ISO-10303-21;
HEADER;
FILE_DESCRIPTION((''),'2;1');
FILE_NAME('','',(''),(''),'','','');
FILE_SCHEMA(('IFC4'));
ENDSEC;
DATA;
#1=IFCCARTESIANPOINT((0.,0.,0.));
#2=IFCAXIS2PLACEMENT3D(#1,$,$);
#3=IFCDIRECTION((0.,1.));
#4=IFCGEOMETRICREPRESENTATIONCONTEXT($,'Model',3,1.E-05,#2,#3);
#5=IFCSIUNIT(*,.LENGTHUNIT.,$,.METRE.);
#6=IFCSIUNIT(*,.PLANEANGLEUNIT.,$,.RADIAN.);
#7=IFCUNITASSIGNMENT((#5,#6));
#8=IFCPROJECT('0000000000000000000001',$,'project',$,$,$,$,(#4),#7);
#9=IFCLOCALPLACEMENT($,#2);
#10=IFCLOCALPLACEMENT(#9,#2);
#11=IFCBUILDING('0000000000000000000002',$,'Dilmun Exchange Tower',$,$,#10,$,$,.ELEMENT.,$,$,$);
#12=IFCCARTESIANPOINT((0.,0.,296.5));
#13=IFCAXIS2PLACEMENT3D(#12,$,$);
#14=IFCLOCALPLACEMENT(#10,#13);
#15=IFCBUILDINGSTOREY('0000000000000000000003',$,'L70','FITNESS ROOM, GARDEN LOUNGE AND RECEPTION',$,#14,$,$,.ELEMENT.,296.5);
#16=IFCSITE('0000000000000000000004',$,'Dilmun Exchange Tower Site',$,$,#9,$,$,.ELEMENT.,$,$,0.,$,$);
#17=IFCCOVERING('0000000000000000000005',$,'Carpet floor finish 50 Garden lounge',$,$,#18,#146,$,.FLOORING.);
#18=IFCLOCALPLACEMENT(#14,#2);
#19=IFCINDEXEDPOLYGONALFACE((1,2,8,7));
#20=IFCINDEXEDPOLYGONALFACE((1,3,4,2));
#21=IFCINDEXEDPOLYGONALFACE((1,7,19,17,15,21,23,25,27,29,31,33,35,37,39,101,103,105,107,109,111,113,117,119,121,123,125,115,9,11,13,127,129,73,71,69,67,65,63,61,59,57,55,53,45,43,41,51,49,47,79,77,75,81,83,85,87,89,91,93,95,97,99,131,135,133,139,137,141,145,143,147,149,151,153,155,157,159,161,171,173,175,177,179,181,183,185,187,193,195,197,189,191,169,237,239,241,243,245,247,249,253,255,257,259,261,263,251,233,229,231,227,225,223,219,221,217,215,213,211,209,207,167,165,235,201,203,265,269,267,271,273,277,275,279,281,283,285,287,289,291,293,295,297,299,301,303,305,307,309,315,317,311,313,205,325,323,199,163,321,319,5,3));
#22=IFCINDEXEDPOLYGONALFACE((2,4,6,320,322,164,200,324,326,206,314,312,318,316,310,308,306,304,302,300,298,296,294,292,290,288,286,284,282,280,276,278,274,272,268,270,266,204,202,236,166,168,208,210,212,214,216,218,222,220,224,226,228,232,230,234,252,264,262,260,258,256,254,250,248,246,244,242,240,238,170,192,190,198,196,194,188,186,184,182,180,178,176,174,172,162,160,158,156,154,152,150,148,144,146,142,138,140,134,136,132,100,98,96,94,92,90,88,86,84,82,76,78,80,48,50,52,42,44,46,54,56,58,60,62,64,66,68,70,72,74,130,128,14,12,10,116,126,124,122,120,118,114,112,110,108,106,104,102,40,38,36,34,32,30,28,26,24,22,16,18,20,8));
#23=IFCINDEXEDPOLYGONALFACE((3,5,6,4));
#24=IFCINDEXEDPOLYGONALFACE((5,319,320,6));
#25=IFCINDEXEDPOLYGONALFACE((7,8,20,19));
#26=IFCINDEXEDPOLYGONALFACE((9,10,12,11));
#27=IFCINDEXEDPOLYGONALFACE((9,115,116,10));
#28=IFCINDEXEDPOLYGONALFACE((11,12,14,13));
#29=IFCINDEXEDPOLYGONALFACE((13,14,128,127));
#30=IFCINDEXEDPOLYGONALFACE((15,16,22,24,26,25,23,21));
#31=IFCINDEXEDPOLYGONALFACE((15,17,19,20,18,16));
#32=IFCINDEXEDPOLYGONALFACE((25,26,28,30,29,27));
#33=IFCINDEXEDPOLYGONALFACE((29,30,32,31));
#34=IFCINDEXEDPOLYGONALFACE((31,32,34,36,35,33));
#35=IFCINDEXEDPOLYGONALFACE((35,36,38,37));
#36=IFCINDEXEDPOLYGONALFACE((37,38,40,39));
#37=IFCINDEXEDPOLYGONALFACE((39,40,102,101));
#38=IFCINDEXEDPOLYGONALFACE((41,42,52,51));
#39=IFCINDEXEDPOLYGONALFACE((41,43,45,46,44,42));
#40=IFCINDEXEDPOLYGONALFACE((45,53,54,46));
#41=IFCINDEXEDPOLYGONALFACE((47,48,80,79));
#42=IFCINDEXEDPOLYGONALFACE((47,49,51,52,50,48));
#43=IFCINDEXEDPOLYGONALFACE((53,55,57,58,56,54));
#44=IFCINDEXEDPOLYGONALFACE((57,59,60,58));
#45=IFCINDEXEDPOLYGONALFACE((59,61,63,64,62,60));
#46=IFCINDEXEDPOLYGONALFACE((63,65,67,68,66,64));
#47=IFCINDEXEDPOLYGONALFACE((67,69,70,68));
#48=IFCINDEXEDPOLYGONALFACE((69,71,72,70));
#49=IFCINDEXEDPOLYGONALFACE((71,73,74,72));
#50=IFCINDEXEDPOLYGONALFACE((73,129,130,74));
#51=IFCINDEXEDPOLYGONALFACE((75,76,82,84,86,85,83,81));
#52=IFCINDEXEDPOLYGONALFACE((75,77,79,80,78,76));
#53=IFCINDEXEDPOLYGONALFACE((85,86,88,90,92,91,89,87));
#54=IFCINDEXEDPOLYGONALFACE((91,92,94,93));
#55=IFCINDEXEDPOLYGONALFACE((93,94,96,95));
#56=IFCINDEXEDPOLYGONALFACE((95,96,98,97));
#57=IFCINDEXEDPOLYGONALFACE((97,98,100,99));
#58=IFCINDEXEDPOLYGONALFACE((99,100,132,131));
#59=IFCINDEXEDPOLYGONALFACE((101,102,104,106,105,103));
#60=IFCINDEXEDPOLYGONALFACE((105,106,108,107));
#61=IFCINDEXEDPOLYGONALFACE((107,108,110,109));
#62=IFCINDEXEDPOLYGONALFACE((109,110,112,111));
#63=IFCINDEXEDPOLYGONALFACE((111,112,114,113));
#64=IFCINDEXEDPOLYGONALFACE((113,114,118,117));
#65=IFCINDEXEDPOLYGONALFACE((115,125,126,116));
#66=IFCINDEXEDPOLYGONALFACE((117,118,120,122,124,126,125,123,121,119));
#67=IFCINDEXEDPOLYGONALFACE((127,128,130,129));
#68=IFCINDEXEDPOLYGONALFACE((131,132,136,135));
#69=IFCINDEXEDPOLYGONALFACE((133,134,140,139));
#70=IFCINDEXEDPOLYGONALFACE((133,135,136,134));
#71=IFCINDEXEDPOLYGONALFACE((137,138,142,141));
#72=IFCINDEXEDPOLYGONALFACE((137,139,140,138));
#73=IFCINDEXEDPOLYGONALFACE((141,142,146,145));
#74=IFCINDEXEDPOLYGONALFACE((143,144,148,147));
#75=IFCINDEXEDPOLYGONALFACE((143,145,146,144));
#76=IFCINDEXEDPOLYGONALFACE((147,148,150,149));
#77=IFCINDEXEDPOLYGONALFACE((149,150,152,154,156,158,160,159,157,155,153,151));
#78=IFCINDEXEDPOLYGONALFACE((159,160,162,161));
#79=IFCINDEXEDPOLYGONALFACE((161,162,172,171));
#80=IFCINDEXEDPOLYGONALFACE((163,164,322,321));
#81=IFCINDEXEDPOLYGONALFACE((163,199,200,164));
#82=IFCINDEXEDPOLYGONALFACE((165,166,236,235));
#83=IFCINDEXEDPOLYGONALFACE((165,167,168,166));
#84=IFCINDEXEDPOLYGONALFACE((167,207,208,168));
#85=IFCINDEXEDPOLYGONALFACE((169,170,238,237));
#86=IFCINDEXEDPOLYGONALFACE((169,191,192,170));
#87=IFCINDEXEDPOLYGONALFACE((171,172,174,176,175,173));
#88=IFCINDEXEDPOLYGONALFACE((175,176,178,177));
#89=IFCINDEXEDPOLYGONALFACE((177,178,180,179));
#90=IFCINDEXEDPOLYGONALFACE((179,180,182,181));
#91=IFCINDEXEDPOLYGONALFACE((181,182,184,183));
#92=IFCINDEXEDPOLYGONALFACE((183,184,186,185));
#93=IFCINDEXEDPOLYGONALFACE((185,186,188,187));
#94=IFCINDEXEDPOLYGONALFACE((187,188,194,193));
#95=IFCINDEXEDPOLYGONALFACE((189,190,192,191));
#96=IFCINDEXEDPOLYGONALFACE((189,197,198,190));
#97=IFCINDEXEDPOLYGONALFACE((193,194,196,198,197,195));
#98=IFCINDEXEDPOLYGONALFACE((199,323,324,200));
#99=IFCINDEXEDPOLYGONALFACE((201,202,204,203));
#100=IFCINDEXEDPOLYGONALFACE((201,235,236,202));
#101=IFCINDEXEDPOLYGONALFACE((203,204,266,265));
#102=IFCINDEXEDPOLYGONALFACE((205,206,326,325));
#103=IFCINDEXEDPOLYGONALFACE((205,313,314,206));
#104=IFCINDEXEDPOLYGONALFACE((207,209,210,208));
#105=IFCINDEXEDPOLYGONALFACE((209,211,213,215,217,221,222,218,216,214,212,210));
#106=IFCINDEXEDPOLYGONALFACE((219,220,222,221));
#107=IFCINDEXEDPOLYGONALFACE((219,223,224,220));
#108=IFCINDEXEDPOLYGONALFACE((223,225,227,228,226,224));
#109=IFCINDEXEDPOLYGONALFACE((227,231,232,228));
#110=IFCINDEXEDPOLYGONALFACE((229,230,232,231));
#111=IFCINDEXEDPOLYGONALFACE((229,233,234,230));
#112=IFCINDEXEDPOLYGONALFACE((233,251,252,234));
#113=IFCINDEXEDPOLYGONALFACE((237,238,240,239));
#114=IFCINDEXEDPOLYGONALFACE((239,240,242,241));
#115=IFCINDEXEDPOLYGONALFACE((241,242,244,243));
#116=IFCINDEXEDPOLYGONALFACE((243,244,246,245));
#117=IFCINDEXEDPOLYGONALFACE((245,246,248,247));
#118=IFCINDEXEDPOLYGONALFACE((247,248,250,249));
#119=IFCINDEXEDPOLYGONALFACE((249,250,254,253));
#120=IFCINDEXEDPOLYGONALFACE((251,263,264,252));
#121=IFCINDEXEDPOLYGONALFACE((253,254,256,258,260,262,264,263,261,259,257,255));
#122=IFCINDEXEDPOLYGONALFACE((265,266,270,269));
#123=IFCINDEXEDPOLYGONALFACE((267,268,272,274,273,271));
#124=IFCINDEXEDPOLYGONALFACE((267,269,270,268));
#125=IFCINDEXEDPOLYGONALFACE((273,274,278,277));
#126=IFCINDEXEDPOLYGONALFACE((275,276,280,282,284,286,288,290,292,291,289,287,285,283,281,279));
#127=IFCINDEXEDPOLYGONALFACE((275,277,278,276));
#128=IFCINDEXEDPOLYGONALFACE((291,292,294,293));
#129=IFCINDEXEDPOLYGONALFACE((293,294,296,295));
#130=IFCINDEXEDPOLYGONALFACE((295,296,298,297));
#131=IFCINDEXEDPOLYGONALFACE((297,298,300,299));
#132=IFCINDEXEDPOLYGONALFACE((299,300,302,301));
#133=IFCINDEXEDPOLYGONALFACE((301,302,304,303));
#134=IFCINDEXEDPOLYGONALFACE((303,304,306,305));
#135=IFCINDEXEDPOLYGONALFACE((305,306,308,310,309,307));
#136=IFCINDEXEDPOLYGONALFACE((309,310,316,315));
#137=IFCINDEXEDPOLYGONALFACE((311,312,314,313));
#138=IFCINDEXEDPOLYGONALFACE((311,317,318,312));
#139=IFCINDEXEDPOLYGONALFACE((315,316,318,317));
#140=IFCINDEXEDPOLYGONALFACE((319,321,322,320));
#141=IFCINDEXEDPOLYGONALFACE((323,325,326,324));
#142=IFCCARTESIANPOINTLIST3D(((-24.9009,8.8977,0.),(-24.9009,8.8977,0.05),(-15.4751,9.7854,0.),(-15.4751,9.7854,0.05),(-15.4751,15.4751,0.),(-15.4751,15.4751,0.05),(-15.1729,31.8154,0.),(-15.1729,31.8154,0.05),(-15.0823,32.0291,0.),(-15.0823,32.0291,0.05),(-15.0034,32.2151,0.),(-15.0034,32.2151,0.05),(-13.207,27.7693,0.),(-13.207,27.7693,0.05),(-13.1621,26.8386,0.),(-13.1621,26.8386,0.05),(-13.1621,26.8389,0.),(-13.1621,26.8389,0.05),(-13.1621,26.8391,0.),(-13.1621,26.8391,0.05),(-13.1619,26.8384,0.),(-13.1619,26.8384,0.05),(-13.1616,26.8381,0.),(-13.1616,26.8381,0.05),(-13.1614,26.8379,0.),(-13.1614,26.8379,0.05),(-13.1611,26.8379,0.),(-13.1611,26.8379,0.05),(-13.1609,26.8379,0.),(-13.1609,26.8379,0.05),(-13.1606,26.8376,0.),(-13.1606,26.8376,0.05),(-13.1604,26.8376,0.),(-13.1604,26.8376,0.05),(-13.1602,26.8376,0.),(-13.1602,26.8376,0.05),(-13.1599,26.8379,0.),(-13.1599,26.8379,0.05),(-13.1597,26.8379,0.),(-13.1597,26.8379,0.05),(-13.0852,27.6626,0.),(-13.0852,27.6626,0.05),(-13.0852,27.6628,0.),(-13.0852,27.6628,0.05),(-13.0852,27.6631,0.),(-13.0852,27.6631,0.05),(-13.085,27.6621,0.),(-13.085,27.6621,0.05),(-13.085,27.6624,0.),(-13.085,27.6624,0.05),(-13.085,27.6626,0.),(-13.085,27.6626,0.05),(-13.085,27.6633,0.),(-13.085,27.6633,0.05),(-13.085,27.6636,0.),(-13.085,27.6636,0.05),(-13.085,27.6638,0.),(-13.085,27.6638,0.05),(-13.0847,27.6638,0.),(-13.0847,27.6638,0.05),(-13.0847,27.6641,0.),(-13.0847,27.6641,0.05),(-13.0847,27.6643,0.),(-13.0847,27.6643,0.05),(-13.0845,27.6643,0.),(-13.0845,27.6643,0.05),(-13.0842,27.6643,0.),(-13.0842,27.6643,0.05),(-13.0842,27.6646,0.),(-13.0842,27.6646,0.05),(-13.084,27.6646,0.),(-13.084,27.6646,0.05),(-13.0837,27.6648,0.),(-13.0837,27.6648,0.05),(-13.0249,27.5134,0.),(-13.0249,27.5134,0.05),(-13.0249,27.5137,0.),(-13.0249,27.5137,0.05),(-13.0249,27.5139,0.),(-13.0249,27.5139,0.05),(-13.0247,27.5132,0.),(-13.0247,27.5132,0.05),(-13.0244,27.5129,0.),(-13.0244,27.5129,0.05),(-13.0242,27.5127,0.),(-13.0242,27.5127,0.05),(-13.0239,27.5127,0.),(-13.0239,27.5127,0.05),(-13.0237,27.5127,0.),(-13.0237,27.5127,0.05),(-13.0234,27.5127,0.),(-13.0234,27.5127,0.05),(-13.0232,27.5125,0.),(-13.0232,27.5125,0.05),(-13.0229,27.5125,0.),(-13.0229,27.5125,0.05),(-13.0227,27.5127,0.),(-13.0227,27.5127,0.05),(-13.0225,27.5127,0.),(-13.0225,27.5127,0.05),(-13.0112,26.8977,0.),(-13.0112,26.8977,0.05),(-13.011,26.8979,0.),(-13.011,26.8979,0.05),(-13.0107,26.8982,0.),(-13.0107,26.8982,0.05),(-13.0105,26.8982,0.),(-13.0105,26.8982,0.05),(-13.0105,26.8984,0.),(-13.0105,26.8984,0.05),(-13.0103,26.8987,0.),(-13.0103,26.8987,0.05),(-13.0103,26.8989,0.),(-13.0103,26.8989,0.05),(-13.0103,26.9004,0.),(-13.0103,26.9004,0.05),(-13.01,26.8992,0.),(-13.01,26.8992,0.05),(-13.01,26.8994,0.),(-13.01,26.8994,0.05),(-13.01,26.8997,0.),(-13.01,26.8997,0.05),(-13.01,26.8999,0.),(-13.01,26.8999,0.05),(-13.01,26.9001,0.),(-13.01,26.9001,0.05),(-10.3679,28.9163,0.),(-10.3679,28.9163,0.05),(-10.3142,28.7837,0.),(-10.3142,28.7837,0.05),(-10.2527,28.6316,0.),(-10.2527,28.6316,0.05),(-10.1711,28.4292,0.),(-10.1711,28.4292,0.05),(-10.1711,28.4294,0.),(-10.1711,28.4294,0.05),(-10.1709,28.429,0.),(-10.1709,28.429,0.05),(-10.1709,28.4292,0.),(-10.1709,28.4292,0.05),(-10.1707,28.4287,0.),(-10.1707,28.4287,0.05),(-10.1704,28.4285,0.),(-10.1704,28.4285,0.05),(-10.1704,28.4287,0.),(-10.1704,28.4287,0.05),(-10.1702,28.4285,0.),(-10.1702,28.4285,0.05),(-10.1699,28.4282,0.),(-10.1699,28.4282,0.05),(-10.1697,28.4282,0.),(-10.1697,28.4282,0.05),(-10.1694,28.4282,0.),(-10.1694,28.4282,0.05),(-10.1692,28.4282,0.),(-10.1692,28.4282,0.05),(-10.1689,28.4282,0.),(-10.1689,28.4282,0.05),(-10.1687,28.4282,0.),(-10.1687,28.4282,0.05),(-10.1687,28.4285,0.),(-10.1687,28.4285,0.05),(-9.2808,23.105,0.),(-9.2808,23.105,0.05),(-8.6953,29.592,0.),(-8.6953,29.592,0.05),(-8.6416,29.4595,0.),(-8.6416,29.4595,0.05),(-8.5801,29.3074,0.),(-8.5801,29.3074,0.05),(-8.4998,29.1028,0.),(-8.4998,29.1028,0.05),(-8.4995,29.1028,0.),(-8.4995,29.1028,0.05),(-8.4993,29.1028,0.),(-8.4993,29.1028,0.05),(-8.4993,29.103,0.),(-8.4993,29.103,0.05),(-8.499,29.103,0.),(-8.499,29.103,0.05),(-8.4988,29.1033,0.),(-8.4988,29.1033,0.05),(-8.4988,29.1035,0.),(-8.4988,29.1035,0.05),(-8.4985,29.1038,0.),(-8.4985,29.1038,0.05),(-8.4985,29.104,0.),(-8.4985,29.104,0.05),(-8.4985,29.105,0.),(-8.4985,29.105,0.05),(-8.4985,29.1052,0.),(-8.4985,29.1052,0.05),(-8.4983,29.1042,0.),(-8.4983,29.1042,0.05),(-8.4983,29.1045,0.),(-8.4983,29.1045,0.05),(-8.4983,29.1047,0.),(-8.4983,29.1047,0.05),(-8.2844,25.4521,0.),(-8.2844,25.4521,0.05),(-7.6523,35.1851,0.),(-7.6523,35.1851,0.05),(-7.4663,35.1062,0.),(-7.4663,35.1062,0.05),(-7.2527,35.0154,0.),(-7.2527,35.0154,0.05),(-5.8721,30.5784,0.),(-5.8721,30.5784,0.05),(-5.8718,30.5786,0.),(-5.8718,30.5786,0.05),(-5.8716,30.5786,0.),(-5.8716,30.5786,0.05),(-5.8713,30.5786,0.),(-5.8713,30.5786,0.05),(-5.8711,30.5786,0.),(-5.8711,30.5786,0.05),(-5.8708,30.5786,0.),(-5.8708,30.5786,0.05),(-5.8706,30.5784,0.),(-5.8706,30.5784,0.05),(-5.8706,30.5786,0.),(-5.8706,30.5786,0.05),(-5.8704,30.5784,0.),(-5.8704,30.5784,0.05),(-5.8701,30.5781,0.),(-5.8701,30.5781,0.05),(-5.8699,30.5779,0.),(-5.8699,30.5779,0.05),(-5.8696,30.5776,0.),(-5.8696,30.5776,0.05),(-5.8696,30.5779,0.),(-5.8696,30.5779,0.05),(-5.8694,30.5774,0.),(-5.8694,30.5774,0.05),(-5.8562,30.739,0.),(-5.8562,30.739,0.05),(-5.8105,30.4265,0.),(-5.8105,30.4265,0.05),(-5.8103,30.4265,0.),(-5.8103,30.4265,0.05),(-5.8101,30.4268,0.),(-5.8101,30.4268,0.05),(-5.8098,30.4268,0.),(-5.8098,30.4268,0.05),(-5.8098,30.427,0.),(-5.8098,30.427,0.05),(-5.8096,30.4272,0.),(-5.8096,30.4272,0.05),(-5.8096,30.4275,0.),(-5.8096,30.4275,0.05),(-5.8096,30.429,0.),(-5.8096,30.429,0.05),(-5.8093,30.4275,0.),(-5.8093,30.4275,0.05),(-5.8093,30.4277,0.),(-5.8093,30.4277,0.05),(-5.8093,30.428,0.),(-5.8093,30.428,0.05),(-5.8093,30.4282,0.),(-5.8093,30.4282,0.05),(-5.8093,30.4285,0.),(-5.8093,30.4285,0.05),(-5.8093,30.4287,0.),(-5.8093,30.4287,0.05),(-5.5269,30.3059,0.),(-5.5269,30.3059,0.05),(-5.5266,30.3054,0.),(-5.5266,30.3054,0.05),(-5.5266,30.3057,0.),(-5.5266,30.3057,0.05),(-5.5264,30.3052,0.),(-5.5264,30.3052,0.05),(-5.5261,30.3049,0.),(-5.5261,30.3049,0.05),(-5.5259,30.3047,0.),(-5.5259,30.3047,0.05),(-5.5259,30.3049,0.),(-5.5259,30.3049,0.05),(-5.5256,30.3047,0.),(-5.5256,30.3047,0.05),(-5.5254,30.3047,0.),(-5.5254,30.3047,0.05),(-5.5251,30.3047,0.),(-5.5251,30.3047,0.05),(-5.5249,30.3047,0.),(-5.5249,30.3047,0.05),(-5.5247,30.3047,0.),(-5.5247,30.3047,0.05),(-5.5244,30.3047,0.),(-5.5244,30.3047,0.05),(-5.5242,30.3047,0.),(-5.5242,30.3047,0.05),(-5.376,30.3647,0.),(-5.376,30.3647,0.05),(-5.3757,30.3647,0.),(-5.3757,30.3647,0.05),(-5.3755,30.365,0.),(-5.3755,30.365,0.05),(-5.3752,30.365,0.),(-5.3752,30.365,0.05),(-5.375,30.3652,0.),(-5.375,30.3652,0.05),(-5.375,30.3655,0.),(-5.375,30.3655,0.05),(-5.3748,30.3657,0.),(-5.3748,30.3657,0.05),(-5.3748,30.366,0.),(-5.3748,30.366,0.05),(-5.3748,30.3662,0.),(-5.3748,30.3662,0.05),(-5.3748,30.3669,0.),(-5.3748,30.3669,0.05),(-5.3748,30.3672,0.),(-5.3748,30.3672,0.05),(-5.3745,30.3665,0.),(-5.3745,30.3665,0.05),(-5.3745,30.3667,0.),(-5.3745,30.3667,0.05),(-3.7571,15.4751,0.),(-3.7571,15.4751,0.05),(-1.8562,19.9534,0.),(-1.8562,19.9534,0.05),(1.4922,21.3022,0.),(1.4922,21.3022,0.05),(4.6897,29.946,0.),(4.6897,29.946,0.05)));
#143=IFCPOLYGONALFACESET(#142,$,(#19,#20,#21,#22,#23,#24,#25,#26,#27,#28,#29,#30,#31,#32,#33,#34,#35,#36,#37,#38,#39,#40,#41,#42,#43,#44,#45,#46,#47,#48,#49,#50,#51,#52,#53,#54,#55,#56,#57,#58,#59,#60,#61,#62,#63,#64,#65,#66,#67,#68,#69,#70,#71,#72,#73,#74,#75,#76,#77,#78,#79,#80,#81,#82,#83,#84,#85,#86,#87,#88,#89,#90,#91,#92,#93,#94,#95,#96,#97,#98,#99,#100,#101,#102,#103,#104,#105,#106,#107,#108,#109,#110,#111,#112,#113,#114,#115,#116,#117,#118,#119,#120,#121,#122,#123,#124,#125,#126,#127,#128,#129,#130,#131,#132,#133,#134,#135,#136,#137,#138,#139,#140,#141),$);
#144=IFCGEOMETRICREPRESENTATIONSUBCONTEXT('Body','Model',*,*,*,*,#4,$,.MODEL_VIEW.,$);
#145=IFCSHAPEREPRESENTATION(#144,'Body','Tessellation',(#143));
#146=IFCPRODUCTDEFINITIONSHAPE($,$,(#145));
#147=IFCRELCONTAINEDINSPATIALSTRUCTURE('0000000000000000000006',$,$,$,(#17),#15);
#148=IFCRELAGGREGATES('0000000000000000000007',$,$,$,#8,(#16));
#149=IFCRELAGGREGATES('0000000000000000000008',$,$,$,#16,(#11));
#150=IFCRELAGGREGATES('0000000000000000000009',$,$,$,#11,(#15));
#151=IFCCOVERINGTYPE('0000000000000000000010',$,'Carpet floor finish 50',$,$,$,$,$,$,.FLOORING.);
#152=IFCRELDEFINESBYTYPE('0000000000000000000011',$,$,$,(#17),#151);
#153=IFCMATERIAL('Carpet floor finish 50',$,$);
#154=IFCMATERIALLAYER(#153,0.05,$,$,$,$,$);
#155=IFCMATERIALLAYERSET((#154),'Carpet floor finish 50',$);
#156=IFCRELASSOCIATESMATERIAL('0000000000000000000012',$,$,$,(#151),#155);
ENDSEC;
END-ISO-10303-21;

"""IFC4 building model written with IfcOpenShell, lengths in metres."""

from ifc_helpers import new_model, si_unit, direction, frame, origin, place, context, subcontext, project, spatial, polyline, outline, extrude, material, layer, layer_set, type_object, element, save


model = new_model("IFC4")

# Units and contexts
model_context = context("Model", 3, precision=1e-05, world=origin(), true_north=direction((0.0, 1.0)))
body_context = subcontext(model_context, "Body", "Model", "MODEL_VIEW")
ifc_project = project(units=[si_unit("LENGTHUNIT", "METRE"), si_unit("PLANEANGLEUNIT", "RADIAN")], contexts=[model_context])

# Site, building, storey
site_placement = place(None, origin())
site = spatial("IfcSite", under=ifc_project, at=site_placement, Name="Dilmun Exchange Tower Site", CompositionType="ELEMENT", RefElevation=0.0)
building_placement = place(site_placement, origin())
building = spatial("IfcBuilding", under=site, at=building_placement, Name="Dilmun Exchange Tower", CompositionType="ELEMENT")
storey_placement = place(building_placement, frame((0.0, 0.0, 296.5)))
storey = spatial("IfcBuildingStorey", under=building, at=storey_placement, Name="L70", Description="FITNESS ROOM, GARDEN LOUNGE AND RECEPTION", CompositionType="ELEMENT", Elevation=296.5)

# Covering
ifc_material_1 = material(Name="Carpet floor finish 50")
ifc_layer_1 = layer(ifc_material_1, 0.05)
ifc_layer_set_1 = layer_set([ifc_layer_1], Name="Carpet floor finish 50")
covering_type_1 = type_object("IfcCoveringType", Name="Carpet floor finish 50", PredefinedType="FLOORING", material=ifc_layer_set_1)
covering_1_placement = place(storey_placement, origin())
element("IfcCovering", 1, at=covering_1_placement, inside=storey, type_object=covering_type_1, Name="Carpet floor finish 50 Garden lounge", PredefinedType="FLOORING", context=body_context, shape_type="SweptSolid", body=[
    extrude(outline(polyline([(-10.3679, 28.9163), (-10.3142, 28.7837), (-13.0837, 27.6648), (-13.084, 27.6646), (-13.0842, 27.6646), (-13.0842, 27.6643), (-13.0845, 27.6643), (-13.0847, 27.6643), (-13.0847, 27.6641), (-13.0847, 27.6638), (-13.085, 27.6638), (-13.085, 27.6636), (-13.085, 27.6633), (-13.0852, 27.6631), (-13.0852, 27.6628), (-13.0852, 27.6626), (-13.085, 27.6626), (-13.085, 27.6624), (-13.085, 27.6621), (-13.0249, 27.5139), (-13.0249, 27.5137), (-13.0249, 27.5134), (-13.0247, 27.5132), (-13.0247, 27.5132), (-13.0244, 27.5129), (-13.0244, 27.5129), (-13.0242, 27.5127), (-13.0239, 27.5127), (-13.0237, 27.5127), (-13.0234, 27.5127), (-13.0232, 27.5125), (-13.0232, 27.5125), (-13.0229, 27.5125), (-13.0227, 27.5127), (-13.0227, 27.5127), (-13.0225, 27.5127), (-10.2527, 28.6316), (-10.1711, 28.4294), (-10.1711, 28.4292), (-10.1709, 28.4292), (-10.1709, 28.429), (-10.1707, 28.4287), (-10.1707, 28.4287), (-10.1704, 28.4287), (-10.1704, 28.4285), (-10.1702, 28.4285), (-10.1699, 28.4282), (-10.1697, 28.4282), (-10.1694, 28.4282), (-10.1692, 28.4282), (-10.1692, 28.4282), (-10.1689, 28.4282), (-10.1687, 28.4282), (-10.1687, 28.4285), (-8.4998, 29.1028), (-8.4995, 29.1028), (-8.4993, 29.1028), (-8.4993, 29.103), (-8.499, 29.103), (-8.4988, 29.1033), (-8.4988, 29.1035), (-8.4988, 29.1035), (-8.4985, 29.1038), (-8.4985, 29.104), (-8.4985, 29.104), (-8.4983, 29.1042), (-8.4983, 29.1045), (-8.4983, 29.1047), (-8.4985, 29.105), (-8.4985, 29.105), (-8.4985, 29.1052), (-8.5801, 29.3074), (-5.8105, 30.4265), (-5.8103, 30.4265), (-5.8103, 30.4265), (-5.8101, 30.4268), (-5.8098, 30.4268), (-5.8098, 30.427), (-5.8098, 30.427), (-5.8096, 30.4272), (-5.8096, 30.4275), (-5.8093, 30.4275), (-5.8093, 30.4277), (-5.8093, 30.428), (-5.8093, 30.4282), (-5.8093, 30.4285), (-5.8093, 30.4287), (-5.8093, 30.4287), (-5.8096, 30.429), (-5.8694, 30.5774), (-5.8694, 30.5774), (-5.8696, 30.5776), (-5.8696, 30.5779), (-5.8699, 30.5779), (-5.8701, 30.5781), (-5.8701, 30.5781), (-5.8704, 30.5784), (-5.8706, 30.5784), (-5.8706, 30.5786), (-5.8708, 30.5786), (-5.8711, 30.5786), (-5.8711, 30.5786), (-5.8713, 30.5786), (-5.8716, 30.5786), (-5.8718, 30.5786), (-5.8721, 30.5784), (-8.6416, 29.4595), (-8.6953, 29.592), (-5.8562, 30.739), (-7.6523, 35.1851), (-7.4663, 35.1062), (-5.5269, 30.3059), (-5.5266, 30.3057), (-5.5266, 30.3054), (-5.5266, 30.3054), (-5.5264, 30.3052), (-5.5264, 30.3052), (-5.5261, 30.3049), (-5.5259, 30.3049), (-5.5259, 30.3047), (-5.5256, 30.3047), (-5.5254, 30.3047), (-5.5251, 30.3047), (-5.5249, 30.3047), (-5.5249, 30.3047), (-5.5247, 30.3047), (-5.5244, 30.3047), (-5.5242, 30.3047), (-5.376, 30.3647), (-5.3757, 30.3647), (-5.3755, 30.365), (-5.3755, 30.365), (-5.3752, 30.365), (-5.375, 30.3652), (-5.375, 30.3655), (-5.375, 30.3655), (-5.3748, 30.3657), (-5.3748, 30.366), (-5.3748, 30.3662), (-5.3745, 30.3665), (-5.3745, 30.3667), (-5.3745, 30.3667), (-5.3748, 30.3669), (-5.3748, 30.3672), (-5.3748, 30.3672), (-7.2527, 35.0154), (4.6897, 29.946), (1.4922, 21.3022), (-8.2844, 25.4521), (-9.2808, 23.105), (-1.8562, 19.9534), (-3.7571, 15.4751), (-15.4751, 15.4751), (-15.4751, 9.7854), (-24.9009, 8.8977), (-15.1729, 31.8154), (-13.1621, 26.8391), (-13.1621, 26.8389), (-13.1621, 26.8386), (-13.1619, 26.8384), (-13.1619, 26.8384), (-13.1616, 26.8381), (-13.1616, 26.8381), (-13.1614, 26.8379), (-13.1611, 26.8379), (-13.1609, 26.8379), (-13.1609, 26.8379), (-13.1606, 26.8376), (-13.1604, 26.8376), (-13.1602, 26.8376), (-13.1599, 26.8379), (-13.1599, 26.8379), (-13.1597, 26.8379), (-13.0112, 26.8977), (-13.011, 26.8979), (-13.011, 26.8979), (-13.0107, 26.8982), (-13.0105, 26.8982), (-13.0105, 26.8984), (-13.0105, 26.8984), (-13.0103, 26.8987), (-13.0103, 26.8989), (-13.01, 26.8992), (-13.01, 26.8994), (-13.01, 26.8994), (-13.01, 26.8997), (-13.01, 26.8999), (-13.01, 26.8999), (-13.01, 26.9001), (-13.0103, 26.9004), (-15.0823, 32.0291), (-15.0034, 32.2151), (-13.207, 27.7693), (-10.3679, 28.9163)])), origin(), (0.0, 0.0, 1.0), 0.05),
])

save(model, "model.ifc")
